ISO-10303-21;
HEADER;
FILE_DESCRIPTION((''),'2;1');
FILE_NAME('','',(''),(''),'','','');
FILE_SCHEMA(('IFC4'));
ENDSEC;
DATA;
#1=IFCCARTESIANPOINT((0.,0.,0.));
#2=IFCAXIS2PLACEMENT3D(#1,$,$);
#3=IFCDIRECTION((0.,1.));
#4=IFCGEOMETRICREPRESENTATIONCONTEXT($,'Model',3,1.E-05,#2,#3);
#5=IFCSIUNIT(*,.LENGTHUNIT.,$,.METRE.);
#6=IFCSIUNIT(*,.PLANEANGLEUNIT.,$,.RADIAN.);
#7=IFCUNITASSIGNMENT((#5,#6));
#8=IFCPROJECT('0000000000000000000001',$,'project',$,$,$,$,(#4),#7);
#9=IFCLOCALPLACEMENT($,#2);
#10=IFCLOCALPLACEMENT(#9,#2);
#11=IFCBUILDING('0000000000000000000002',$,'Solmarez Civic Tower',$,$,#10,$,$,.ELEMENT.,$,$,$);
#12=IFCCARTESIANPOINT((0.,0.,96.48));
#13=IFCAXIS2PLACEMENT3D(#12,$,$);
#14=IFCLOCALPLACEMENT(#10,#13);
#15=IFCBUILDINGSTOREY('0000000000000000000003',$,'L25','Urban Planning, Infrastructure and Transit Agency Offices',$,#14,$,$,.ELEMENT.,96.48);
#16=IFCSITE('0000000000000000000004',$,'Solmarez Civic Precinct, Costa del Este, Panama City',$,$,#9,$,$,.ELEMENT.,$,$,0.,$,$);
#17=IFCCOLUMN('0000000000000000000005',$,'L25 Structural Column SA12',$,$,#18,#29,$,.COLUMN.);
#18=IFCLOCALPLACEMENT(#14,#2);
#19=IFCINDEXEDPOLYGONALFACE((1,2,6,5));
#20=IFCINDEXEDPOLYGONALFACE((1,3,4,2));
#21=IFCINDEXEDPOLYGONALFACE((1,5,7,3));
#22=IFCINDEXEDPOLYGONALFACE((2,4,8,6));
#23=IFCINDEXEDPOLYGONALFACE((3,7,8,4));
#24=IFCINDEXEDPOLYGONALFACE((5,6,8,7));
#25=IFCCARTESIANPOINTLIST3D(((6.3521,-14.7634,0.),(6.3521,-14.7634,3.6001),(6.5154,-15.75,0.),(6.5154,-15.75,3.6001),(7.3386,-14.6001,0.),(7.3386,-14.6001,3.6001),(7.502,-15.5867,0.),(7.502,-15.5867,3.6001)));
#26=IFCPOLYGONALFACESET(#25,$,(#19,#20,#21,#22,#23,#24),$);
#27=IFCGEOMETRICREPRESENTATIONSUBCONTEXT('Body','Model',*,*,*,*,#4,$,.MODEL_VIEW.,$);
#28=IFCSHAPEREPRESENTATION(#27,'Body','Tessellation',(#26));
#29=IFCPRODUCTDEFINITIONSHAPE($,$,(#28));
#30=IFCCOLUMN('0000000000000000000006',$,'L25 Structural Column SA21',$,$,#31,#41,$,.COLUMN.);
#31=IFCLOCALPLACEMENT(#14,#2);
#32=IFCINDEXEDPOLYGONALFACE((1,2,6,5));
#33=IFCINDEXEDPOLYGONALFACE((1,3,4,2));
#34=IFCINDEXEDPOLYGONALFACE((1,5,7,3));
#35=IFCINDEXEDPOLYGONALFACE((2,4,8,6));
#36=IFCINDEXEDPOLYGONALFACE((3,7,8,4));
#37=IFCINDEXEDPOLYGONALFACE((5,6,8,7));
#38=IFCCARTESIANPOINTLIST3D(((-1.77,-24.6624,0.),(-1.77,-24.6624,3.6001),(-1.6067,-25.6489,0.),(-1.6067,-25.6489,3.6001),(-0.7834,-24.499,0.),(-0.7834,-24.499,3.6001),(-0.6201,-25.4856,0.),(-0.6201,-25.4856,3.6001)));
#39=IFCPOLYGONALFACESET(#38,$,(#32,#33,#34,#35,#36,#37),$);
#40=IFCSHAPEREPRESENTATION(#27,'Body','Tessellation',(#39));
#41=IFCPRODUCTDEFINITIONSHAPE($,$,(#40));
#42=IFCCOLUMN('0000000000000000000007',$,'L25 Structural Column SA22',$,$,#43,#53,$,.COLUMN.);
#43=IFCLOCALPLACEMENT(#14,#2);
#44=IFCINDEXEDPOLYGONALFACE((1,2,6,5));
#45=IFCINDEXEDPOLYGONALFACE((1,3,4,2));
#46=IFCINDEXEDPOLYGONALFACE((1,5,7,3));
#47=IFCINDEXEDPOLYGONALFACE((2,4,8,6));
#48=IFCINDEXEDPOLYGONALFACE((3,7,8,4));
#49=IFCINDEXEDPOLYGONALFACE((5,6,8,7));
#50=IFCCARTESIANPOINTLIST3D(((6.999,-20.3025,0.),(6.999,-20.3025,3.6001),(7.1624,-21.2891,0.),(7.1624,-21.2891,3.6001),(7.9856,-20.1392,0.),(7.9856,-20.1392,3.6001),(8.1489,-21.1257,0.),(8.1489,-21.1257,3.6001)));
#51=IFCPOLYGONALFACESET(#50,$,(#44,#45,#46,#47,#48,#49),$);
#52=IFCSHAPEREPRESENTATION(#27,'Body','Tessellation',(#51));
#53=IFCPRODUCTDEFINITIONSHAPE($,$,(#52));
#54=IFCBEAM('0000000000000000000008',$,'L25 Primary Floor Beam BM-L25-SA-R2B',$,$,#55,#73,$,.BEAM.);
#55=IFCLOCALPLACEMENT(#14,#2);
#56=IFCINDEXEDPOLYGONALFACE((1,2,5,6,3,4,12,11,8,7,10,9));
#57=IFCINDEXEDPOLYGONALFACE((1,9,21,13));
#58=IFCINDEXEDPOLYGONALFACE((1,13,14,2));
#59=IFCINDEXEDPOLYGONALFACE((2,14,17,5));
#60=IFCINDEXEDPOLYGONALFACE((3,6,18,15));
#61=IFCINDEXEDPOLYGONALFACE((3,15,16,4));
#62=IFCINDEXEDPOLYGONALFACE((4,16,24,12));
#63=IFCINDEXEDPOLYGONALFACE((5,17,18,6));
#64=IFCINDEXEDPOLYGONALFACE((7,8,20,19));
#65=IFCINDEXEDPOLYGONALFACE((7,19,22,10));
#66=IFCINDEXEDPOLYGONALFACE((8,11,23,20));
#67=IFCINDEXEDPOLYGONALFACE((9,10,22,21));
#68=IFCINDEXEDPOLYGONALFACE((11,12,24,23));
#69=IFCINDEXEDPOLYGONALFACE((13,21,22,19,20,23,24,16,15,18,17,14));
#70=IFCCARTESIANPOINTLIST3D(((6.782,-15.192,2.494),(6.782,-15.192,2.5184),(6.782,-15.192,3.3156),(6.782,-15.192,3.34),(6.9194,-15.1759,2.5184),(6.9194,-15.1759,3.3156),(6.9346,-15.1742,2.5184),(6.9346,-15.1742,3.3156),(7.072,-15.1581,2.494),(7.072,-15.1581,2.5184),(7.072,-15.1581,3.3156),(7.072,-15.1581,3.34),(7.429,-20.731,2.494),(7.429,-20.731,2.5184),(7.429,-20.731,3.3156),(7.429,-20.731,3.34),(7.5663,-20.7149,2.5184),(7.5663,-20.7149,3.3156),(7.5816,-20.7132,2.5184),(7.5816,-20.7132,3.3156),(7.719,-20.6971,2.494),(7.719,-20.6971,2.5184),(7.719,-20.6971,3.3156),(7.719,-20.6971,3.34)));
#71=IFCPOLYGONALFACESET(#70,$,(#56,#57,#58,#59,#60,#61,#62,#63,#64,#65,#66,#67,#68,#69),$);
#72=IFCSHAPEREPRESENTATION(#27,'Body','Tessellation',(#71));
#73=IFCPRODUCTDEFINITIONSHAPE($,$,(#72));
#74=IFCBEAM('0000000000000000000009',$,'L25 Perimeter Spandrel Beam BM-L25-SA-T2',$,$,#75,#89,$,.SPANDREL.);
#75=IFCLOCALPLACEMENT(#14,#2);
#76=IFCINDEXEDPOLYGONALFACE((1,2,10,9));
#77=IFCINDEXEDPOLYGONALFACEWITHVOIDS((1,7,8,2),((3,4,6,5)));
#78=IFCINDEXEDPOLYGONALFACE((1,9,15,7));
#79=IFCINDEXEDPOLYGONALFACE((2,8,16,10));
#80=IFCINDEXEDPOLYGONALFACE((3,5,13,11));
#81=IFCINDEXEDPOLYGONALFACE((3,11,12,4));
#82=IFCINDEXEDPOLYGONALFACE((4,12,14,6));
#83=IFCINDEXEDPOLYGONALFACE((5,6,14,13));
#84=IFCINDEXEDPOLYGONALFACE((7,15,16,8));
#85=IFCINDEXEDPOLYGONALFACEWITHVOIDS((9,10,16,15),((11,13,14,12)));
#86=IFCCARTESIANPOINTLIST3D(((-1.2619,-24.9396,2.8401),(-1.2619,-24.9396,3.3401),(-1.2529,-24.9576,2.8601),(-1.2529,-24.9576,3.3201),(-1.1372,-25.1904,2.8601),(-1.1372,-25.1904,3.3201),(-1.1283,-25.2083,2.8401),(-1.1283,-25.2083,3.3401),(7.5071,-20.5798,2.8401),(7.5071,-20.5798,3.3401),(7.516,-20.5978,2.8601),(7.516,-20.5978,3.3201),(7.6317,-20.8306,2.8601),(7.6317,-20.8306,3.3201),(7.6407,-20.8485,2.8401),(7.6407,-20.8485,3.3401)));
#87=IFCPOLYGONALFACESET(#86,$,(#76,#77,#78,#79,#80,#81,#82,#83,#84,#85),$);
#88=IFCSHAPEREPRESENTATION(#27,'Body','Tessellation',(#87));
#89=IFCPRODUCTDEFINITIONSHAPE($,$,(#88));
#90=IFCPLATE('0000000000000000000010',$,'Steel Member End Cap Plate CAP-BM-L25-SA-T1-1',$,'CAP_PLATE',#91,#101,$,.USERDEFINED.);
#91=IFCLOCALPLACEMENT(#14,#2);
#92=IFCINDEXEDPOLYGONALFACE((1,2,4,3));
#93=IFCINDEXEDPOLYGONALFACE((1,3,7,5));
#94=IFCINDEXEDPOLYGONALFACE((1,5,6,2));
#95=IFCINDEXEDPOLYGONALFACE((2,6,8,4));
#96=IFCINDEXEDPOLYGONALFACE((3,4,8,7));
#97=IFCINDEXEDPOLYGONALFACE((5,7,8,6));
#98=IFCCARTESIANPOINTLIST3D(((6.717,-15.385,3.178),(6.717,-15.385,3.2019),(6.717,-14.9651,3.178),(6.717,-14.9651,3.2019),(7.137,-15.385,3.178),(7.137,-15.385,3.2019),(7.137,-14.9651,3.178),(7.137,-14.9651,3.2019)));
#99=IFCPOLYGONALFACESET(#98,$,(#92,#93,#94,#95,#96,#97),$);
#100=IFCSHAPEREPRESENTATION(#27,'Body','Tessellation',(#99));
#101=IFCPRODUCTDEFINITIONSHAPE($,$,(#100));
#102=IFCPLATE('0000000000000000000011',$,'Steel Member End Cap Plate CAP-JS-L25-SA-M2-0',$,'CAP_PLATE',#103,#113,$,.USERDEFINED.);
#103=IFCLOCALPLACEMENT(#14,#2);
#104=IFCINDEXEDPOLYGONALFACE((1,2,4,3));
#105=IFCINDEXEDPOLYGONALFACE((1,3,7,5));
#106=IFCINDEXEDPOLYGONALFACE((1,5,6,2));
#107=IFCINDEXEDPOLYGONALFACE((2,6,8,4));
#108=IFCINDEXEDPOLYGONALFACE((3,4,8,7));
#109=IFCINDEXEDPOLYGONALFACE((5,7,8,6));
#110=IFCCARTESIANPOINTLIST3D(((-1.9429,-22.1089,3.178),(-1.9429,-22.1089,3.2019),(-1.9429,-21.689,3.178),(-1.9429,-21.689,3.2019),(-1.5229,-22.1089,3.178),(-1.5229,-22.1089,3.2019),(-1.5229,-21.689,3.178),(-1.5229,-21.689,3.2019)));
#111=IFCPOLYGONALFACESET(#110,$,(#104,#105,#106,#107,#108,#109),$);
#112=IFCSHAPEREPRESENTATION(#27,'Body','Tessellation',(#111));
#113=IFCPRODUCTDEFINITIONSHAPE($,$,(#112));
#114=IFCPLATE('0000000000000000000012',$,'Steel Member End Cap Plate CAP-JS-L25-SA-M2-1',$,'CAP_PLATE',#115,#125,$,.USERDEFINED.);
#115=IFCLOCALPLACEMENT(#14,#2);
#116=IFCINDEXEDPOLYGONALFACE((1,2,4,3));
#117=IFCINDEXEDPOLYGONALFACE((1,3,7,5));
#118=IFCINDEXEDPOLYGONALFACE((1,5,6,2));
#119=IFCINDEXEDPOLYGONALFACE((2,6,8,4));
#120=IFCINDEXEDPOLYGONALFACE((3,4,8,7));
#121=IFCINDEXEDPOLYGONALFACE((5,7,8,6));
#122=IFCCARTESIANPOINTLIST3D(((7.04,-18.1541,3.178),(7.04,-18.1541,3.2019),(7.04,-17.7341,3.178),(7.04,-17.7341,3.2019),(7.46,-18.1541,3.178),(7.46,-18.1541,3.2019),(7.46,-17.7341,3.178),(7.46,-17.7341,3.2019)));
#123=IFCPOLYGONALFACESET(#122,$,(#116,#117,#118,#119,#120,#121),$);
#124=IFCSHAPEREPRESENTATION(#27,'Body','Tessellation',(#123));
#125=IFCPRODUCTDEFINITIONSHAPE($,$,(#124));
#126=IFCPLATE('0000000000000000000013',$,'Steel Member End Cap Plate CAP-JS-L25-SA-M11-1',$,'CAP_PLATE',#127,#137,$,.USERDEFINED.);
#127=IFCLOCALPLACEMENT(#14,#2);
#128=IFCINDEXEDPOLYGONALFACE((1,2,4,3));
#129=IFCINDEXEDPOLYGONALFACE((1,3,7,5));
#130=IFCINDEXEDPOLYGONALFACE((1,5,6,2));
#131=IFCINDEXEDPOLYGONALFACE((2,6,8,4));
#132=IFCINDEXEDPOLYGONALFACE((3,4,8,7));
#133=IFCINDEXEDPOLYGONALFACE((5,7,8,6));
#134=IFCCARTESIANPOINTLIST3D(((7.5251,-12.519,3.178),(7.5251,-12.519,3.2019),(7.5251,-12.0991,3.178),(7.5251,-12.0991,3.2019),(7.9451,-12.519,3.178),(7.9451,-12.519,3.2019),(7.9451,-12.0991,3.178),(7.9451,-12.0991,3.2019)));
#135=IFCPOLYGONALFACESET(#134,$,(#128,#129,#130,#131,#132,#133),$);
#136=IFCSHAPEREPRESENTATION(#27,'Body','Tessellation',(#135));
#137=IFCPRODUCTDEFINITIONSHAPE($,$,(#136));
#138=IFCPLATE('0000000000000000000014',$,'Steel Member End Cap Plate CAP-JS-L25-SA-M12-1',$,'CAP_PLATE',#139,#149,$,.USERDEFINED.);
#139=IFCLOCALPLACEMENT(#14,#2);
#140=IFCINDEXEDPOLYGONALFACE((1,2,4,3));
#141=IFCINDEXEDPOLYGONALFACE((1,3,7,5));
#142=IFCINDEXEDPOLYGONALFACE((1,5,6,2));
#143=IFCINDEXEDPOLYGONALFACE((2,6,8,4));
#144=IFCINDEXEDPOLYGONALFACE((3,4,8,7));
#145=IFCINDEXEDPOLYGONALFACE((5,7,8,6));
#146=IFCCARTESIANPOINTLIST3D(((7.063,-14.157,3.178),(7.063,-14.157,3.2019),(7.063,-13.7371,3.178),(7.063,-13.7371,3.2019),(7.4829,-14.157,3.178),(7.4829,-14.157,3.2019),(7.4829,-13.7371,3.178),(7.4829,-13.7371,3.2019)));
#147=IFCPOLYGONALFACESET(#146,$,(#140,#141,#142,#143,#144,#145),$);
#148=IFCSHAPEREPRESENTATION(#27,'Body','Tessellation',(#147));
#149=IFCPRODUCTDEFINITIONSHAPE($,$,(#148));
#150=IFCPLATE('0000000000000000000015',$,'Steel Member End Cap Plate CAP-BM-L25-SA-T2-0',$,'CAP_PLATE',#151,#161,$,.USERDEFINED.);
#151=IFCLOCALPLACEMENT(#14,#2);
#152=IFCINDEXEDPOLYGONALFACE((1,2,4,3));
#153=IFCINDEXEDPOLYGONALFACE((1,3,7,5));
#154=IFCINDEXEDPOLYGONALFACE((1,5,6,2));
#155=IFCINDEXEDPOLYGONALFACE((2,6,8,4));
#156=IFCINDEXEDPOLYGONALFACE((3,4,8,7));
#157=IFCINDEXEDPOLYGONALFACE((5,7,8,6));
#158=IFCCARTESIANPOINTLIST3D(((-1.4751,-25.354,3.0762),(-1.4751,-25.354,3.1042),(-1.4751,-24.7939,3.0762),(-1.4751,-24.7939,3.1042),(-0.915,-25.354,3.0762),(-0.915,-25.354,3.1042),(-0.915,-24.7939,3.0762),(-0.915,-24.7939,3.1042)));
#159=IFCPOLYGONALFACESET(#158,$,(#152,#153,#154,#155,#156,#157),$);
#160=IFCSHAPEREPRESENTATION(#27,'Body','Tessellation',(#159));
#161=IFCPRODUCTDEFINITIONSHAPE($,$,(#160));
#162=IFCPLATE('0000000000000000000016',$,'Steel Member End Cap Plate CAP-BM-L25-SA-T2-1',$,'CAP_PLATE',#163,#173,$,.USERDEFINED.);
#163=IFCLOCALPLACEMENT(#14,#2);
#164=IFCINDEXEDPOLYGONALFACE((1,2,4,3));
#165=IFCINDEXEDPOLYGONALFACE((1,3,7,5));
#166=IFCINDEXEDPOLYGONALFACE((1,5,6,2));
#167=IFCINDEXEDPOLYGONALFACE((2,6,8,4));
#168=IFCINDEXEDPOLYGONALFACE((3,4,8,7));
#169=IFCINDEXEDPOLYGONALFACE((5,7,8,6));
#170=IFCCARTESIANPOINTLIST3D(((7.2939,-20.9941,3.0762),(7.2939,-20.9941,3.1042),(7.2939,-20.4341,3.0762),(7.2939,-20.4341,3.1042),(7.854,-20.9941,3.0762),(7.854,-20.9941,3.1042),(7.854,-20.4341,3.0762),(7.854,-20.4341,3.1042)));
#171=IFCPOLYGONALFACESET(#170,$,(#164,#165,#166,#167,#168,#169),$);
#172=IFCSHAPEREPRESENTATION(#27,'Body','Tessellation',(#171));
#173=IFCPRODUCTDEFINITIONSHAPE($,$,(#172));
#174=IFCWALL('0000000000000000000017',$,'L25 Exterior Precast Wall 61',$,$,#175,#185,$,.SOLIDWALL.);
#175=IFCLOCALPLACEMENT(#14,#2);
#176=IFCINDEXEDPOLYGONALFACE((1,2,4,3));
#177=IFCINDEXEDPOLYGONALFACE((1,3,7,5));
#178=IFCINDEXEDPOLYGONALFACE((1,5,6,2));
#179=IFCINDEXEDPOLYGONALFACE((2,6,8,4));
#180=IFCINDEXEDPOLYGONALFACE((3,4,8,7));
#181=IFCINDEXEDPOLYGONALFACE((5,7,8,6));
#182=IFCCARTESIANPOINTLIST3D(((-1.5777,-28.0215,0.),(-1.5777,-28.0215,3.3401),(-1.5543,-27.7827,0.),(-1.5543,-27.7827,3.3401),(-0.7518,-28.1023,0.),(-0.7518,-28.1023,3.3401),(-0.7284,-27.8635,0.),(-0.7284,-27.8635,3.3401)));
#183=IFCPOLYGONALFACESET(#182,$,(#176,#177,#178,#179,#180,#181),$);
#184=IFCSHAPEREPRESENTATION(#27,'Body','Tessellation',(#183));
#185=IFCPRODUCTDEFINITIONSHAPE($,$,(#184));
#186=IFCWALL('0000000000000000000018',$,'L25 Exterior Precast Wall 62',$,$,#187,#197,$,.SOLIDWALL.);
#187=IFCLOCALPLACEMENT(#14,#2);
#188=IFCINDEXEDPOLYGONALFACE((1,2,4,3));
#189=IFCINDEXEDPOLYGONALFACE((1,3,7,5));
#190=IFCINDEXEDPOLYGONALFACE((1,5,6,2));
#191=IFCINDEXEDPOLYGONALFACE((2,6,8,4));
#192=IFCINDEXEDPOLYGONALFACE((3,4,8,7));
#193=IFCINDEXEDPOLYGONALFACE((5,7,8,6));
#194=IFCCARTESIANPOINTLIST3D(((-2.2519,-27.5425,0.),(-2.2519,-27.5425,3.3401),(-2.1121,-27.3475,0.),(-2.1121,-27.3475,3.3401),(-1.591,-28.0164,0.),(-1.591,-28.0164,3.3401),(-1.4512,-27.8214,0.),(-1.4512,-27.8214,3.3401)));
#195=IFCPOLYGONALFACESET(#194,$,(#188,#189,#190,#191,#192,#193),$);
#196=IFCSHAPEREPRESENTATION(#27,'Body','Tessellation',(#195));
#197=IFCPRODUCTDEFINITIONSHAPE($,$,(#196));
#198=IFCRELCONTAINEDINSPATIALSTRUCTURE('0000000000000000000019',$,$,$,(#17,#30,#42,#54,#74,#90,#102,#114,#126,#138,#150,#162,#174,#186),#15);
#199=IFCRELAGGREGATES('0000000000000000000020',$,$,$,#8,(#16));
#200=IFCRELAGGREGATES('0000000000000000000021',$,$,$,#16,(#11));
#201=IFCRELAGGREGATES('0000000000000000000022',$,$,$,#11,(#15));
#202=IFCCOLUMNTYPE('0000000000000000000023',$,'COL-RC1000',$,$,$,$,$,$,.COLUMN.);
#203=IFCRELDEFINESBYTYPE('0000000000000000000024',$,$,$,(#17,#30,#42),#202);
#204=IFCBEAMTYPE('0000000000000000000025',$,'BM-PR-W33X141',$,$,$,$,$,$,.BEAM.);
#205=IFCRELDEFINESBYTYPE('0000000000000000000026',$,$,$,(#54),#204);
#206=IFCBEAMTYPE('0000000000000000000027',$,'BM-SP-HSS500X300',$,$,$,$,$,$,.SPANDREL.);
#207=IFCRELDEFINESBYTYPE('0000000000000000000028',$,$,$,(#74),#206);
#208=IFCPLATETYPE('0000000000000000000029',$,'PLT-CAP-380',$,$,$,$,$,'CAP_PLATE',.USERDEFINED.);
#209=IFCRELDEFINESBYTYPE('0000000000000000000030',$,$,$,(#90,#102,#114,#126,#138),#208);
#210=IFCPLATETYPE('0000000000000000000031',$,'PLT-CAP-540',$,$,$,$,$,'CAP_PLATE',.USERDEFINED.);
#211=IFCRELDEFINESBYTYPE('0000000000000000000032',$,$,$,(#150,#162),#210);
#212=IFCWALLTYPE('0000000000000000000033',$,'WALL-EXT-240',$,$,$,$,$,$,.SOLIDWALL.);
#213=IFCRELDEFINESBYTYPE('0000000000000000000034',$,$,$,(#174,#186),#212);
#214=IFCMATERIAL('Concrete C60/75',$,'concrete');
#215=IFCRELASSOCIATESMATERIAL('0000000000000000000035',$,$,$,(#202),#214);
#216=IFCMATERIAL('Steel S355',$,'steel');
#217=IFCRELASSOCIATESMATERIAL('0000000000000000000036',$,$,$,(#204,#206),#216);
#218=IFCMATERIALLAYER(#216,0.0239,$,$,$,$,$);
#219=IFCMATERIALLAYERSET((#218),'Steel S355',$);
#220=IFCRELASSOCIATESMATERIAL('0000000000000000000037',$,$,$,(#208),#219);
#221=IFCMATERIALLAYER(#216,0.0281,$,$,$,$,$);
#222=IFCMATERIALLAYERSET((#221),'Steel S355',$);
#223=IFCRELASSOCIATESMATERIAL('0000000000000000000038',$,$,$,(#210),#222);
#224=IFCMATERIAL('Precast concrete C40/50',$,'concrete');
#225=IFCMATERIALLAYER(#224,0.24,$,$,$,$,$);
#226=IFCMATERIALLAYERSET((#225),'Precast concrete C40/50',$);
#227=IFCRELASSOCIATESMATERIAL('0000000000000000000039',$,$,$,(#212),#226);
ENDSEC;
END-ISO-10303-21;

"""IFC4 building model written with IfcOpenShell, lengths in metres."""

from ifc_helpers import new_model, si_unit, direction, frame, frame_2d, origin, origin_2d, place, context, subcontext, project, spatial, rectangle, hollow_rectangle, i_section, extrude, material, layer, layer_set, material_profile, profile_set, type_object, element, save


model = new_model("IFC4")

# Units and contexts
model_context = context("Model", 3, precision=1e-05, world=origin(), true_north=direction((0.0, 1.0)))
body_context = subcontext(model_context, "Body", "Model", "MODEL_VIEW")
ifc_project = project(units=[si_unit("LENGTHUNIT", "METRE"), si_unit("PLANEANGLEUNIT", "RADIAN")], contexts=[model_context])

# Site, building, storey
site_placement = place(None, origin())
site = spatial("IfcSite", under=ifc_project, at=site_placement, Name="Solmarez Civic Precinct, Costa del Este, Panama City", CompositionType="ELEMENT", RefElevation=0.0)
building_placement = place(site_placement, origin())
building = spatial("IfcBuilding", under=site, at=building_placement, Name="Solmarez Civic Tower", CompositionType="ELEMENT")
storey_placement = place(building_placement, frame((0.0, 0.0, 96.48)))
storey = spatial("IfcBuildingStorey", under=building, at=storey_placement, Name="L25", Description="Urban Planning, Infrastructure and Transit Agency Offices", CompositionType="ELEMENT", Elevation=96.48)

# Columns
ifc_material_1 = material(Name="Concrete C60/75", Category="concrete")
ifc_material_profile_1 = material_profile(ifc_material_1, rectangle(XDim=1.0, YDim=1.0, at=origin_2d()), Name="RC1000X1000")
ifc_profile_set_1 = profile_set([ifc_material_profile_1], Name="Concrete C60/75")
column_type = type_object("IfcColumnType", Name="COL-RC1000", PredefinedType="COLUMN", material=ifc_profile_set_1)
for number, where, z_axis, x_axis, name in (
    (1, (6.927, -15.175, 0.0), (0.0, 0.0, 1.0), (0.986572, 0.163326, 0.0), "L25 Structural Column SA12"),
    (2, (-1.1951, -25.074, 0.0), (0.0, 0.0, 1.0), (0.986572, 0.163326, 0.0), "L25 Structural Column SA21"),
    (3, (7.574, -20.7141, 0.0), (0.0, 0.0, 1.0), (0.986572, 0.163326, 0.0), "L25 Structural Column SA22"),
):
    element("IfcColumn", number, at=place(storey_placement, frame(where, z_axis=z_axis, x_axis=x_axis)), inside=storey, type_object=column_type, Name=name, PredefinedType="COLUMN", context=body_context, shape_type="SweptSolid", body=[
        extrude(rectangle(XDim=1.0, YDim=1.0, at=origin_2d()), origin(), (0.0, 0.0, 1.0), 3.6001),
    ])

# Beams
ifc_material_2 = material(Name="Steel S355", Category="steel")
ifc_material_profile_2 = material_profile(ifc_material_2, i_section(OverallWidth=0.292, OverallDepth=0.8459, WebThickness=0.0154, FlangeThickness=0.0244, at=origin_2d()), Name="W33X141")
ifc_profile_set_2 = profile_set([ifc_material_profile_2], Name="Steel S355")
beam_type_1 = type_object("IfcBeamType", Name="BM-PR-W33X141", PredefinedType="BEAM", material=ifc_profile_set_2)
beam_1_placement = place(storey_placement, frame((6.927, -15.175, 2.917), z_axis=(0.116013, -0.993248, 0.0), x_axis=(0.993248, 0.116013, 0.0)))
element("IfcBeam", 4, at=beam_1_placement, inside=storey, type_object=beam_type_1, Name="L25 Primary Floor Beam BM-L25-SA-R2B", PredefinedType="BEAM", context=body_context, shape_type="SweptSolid", body=[
    extrude(i_section(OverallWidth=0.292, OverallDepth=0.8459, WebThickness=0.0154, FlangeThickness=0.0244, at=origin_2d()), origin(), (0.0, 0.0, 1.0), 5.5767),
])
ifc_material_profile_3 = material_profile(ifc_material_2, hollow_rectangle(XDim=0.3, YDim=0.5, WallThickness=0.02, at=origin_2d()), Name="HSS500X300X20")
ifc_profile_set_3 = profile_set([ifc_material_profile_3], Name="Steel S355")
beam_type_2 = type_object("IfcBeamType", Name="BM-SP-HSS500X300", PredefinedType="SPANDREL", material=ifc_profile_set_3)
beam_2_placement = place(storey_placement, frame((-1.1951, -25.074, 3.0901), z_axis=(0.895432, 0.445198, 0.0), x_axis=(-0.445198, 0.895432, 0.0)))
element("IfcBeam", 5, at=beam_2_placement, inside=storey, type_object=beam_type_2, Name="L25 Perimeter Spandrel Beam BM-L25-SA-T2", PredefinedType="SPANDREL", context=body_context, shape_type="SweptSolid", body=[
    extrude(hollow_rectangle(XDim=0.3, YDim=0.5, WallThickness=0.02, at=origin_2d()), origin(), (0.0, 0.0, 1.0), 9.793),
])

# Plates
ifc_layer_1 = layer(ifc_material_2, 0.0239)
ifc_layer_set_1 = layer_set([ifc_layer_1], Name="Steel S355")
plate_type_1 = type_object("IfcPlateType", Name="PLT-CAP-380", ElementType="CAP_PLATE", PredefinedType="USERDEFINED", material=ifc_layer_set_1)
for number, where, z_axis, x_axis, name in (
    (6, (6.927, -15.175, 3.178), (0.0, 0.0, 1.0), (1.0, 0.0, 0.0), "Steel Member End Cap Plate CAP-BM-L25-SA-T1-1"),
    (7, (-1.7329, -21.8989, 3.178), (0.0, 0.0, 1.0), (1.0, 0.0, 0.0), "Steel Member End Cap Plate CAP-JS-L25-SA-M2-0"),
    (8, (7.25, -17.9441, 3.178), (0.0, 0.0, 1.0), (1.0, 0.0, 0.0), "Steel Member End Cap Plate CAP-JS-L25-SA-M2-1"),
    (9, (7.7351, -12.3091, 3.178), (0.0, 0.0, 1.0), (1.0, 0.0, 0.0), "Steel Member End Cap Plate CAP-JS-L25-SA-M11-1"),
    (10, (7.2729, -13.947, 3.178), (0.0, 0.0, 1.0), (1.0, 0.0, 0.0), "Steel Member End Cap Plate CAP-JS-L25-SA-M12-1"),
):
    element("IfcPlate", number, at=place(storey_placement, frame(where, z_axis=z_axis, x_axis=x_axis)), inside=storey, type_object=plate_type_1, Name=name, ObjectType="CAP_PLATE", PredefinedType="USERDEFINED", context=body_context, shape_type="SweptSolid", body=[
        extrude(rectangle(XDim=0.4199, YDim=0.4199, at=origin_2d()), origin(), (0.0, 0.0, 1.0), 0.0239),
    ])
ifc_layer_2 = layer(ifc_material_2, 0.0281)
ifc_layer_set_2 = layer_set([ifc_layer_2], Name="Steel S355")
plate_type_2 = type_object("IfcPlateType", Name="PLT-CAP-540", ElementType="CAP_PLATE", PredefinedType="USERDEFINED", material=ifc_layer_set_2)
for number, where, z_axis, x_axis, name in (
    (11, (-1.1951, -25.074, 3.0762), (0.0, 0.0, 1.0), (1.0, 0.0, 0.0), "Steel Member End Cap Plate CAP-BM-L25-SA-T2-0"),
    (12, (7.574, -20.7141, 3.0762), (0.0, 0.0, 1.0), (1.0, 0.0, 0.0), "Steel Member End Cap Plate CAP-BM-L25-SA-T2-1"),
):
    element("IfcPlate", number, at=place(storey_placement, frame(where, z_axis=z_axis, x_axis=x_axis)), inside=storey, type_object=plate_type_2, Name=name, ObjectType="CAP_PLATE", PredefinedType="USERDEFINED", context=body_context, shape_type="SweptSolid", body=[
        extrude(rectangle(XDim=0.5601, YDim=0.5601, at=origin_2d()), origin(), (0.0, 0.0, 1.0), 0.0281),
    ])

# Walls
ifc_material_3 = material(Name="Precast concrete C40/50", Category="concrete")
ifc_layer_3 = layer(ifc_material_3, 0.24)
ifc_layer_set_3 = layer_set([ifc_layer_3], Name="Precast concrete C40/50")
wall_type_1 = type_object("IfcWallType", Name="WALL-EXT-240", PredefinedType="SOLIDWALL", material=ifc_layer_set_3)
wall_1_placement = place(storey_placement, frame((-0.74, -27.9829, 0.0), z_axis=(0.0, 0.0, 1.0), x_axis=(-0.995248, 0.097377, 0.0)))
element("IfcWall", 13, at=wall_1_placement, inside=storey, type_object=wall_type_1, Name="L25 Exterior Precast Wall 61", PredefinedType="SOLIDWALL", context=body_context, shape_type="SweptSolid", body=[
    extrude(rectangle(XDim=0.8298, YDim=0.24, at=frame_2d((0.415, 0.0))), origin(), (0.0, 0.0, 1.0), 3.3401),
])
wall_2_placement = place(storey_placement, frame((-1.521, -27.9189, 0.0), z_axis=(0.0, 0.0, 1.0), x_axis=(-0.812677, 0.582714, 0.0)))
element("IfcWall", 14, at=wall_2_placement, inside=storey, type_object=wall_type_1, Name="L25 Exterior Precast Wall 62", PredefinedType="SOLIDWALL", context=body_context, shape_type="SweptSolid", body=[
    extrude(rectangle(XDim=0.8132, YDim=0.24, at=frame_2d((0.4067, 0.0))), origin(), (0.0, 0.0, 1.0), 3.3401),
])

save(model, "model.ifc")
